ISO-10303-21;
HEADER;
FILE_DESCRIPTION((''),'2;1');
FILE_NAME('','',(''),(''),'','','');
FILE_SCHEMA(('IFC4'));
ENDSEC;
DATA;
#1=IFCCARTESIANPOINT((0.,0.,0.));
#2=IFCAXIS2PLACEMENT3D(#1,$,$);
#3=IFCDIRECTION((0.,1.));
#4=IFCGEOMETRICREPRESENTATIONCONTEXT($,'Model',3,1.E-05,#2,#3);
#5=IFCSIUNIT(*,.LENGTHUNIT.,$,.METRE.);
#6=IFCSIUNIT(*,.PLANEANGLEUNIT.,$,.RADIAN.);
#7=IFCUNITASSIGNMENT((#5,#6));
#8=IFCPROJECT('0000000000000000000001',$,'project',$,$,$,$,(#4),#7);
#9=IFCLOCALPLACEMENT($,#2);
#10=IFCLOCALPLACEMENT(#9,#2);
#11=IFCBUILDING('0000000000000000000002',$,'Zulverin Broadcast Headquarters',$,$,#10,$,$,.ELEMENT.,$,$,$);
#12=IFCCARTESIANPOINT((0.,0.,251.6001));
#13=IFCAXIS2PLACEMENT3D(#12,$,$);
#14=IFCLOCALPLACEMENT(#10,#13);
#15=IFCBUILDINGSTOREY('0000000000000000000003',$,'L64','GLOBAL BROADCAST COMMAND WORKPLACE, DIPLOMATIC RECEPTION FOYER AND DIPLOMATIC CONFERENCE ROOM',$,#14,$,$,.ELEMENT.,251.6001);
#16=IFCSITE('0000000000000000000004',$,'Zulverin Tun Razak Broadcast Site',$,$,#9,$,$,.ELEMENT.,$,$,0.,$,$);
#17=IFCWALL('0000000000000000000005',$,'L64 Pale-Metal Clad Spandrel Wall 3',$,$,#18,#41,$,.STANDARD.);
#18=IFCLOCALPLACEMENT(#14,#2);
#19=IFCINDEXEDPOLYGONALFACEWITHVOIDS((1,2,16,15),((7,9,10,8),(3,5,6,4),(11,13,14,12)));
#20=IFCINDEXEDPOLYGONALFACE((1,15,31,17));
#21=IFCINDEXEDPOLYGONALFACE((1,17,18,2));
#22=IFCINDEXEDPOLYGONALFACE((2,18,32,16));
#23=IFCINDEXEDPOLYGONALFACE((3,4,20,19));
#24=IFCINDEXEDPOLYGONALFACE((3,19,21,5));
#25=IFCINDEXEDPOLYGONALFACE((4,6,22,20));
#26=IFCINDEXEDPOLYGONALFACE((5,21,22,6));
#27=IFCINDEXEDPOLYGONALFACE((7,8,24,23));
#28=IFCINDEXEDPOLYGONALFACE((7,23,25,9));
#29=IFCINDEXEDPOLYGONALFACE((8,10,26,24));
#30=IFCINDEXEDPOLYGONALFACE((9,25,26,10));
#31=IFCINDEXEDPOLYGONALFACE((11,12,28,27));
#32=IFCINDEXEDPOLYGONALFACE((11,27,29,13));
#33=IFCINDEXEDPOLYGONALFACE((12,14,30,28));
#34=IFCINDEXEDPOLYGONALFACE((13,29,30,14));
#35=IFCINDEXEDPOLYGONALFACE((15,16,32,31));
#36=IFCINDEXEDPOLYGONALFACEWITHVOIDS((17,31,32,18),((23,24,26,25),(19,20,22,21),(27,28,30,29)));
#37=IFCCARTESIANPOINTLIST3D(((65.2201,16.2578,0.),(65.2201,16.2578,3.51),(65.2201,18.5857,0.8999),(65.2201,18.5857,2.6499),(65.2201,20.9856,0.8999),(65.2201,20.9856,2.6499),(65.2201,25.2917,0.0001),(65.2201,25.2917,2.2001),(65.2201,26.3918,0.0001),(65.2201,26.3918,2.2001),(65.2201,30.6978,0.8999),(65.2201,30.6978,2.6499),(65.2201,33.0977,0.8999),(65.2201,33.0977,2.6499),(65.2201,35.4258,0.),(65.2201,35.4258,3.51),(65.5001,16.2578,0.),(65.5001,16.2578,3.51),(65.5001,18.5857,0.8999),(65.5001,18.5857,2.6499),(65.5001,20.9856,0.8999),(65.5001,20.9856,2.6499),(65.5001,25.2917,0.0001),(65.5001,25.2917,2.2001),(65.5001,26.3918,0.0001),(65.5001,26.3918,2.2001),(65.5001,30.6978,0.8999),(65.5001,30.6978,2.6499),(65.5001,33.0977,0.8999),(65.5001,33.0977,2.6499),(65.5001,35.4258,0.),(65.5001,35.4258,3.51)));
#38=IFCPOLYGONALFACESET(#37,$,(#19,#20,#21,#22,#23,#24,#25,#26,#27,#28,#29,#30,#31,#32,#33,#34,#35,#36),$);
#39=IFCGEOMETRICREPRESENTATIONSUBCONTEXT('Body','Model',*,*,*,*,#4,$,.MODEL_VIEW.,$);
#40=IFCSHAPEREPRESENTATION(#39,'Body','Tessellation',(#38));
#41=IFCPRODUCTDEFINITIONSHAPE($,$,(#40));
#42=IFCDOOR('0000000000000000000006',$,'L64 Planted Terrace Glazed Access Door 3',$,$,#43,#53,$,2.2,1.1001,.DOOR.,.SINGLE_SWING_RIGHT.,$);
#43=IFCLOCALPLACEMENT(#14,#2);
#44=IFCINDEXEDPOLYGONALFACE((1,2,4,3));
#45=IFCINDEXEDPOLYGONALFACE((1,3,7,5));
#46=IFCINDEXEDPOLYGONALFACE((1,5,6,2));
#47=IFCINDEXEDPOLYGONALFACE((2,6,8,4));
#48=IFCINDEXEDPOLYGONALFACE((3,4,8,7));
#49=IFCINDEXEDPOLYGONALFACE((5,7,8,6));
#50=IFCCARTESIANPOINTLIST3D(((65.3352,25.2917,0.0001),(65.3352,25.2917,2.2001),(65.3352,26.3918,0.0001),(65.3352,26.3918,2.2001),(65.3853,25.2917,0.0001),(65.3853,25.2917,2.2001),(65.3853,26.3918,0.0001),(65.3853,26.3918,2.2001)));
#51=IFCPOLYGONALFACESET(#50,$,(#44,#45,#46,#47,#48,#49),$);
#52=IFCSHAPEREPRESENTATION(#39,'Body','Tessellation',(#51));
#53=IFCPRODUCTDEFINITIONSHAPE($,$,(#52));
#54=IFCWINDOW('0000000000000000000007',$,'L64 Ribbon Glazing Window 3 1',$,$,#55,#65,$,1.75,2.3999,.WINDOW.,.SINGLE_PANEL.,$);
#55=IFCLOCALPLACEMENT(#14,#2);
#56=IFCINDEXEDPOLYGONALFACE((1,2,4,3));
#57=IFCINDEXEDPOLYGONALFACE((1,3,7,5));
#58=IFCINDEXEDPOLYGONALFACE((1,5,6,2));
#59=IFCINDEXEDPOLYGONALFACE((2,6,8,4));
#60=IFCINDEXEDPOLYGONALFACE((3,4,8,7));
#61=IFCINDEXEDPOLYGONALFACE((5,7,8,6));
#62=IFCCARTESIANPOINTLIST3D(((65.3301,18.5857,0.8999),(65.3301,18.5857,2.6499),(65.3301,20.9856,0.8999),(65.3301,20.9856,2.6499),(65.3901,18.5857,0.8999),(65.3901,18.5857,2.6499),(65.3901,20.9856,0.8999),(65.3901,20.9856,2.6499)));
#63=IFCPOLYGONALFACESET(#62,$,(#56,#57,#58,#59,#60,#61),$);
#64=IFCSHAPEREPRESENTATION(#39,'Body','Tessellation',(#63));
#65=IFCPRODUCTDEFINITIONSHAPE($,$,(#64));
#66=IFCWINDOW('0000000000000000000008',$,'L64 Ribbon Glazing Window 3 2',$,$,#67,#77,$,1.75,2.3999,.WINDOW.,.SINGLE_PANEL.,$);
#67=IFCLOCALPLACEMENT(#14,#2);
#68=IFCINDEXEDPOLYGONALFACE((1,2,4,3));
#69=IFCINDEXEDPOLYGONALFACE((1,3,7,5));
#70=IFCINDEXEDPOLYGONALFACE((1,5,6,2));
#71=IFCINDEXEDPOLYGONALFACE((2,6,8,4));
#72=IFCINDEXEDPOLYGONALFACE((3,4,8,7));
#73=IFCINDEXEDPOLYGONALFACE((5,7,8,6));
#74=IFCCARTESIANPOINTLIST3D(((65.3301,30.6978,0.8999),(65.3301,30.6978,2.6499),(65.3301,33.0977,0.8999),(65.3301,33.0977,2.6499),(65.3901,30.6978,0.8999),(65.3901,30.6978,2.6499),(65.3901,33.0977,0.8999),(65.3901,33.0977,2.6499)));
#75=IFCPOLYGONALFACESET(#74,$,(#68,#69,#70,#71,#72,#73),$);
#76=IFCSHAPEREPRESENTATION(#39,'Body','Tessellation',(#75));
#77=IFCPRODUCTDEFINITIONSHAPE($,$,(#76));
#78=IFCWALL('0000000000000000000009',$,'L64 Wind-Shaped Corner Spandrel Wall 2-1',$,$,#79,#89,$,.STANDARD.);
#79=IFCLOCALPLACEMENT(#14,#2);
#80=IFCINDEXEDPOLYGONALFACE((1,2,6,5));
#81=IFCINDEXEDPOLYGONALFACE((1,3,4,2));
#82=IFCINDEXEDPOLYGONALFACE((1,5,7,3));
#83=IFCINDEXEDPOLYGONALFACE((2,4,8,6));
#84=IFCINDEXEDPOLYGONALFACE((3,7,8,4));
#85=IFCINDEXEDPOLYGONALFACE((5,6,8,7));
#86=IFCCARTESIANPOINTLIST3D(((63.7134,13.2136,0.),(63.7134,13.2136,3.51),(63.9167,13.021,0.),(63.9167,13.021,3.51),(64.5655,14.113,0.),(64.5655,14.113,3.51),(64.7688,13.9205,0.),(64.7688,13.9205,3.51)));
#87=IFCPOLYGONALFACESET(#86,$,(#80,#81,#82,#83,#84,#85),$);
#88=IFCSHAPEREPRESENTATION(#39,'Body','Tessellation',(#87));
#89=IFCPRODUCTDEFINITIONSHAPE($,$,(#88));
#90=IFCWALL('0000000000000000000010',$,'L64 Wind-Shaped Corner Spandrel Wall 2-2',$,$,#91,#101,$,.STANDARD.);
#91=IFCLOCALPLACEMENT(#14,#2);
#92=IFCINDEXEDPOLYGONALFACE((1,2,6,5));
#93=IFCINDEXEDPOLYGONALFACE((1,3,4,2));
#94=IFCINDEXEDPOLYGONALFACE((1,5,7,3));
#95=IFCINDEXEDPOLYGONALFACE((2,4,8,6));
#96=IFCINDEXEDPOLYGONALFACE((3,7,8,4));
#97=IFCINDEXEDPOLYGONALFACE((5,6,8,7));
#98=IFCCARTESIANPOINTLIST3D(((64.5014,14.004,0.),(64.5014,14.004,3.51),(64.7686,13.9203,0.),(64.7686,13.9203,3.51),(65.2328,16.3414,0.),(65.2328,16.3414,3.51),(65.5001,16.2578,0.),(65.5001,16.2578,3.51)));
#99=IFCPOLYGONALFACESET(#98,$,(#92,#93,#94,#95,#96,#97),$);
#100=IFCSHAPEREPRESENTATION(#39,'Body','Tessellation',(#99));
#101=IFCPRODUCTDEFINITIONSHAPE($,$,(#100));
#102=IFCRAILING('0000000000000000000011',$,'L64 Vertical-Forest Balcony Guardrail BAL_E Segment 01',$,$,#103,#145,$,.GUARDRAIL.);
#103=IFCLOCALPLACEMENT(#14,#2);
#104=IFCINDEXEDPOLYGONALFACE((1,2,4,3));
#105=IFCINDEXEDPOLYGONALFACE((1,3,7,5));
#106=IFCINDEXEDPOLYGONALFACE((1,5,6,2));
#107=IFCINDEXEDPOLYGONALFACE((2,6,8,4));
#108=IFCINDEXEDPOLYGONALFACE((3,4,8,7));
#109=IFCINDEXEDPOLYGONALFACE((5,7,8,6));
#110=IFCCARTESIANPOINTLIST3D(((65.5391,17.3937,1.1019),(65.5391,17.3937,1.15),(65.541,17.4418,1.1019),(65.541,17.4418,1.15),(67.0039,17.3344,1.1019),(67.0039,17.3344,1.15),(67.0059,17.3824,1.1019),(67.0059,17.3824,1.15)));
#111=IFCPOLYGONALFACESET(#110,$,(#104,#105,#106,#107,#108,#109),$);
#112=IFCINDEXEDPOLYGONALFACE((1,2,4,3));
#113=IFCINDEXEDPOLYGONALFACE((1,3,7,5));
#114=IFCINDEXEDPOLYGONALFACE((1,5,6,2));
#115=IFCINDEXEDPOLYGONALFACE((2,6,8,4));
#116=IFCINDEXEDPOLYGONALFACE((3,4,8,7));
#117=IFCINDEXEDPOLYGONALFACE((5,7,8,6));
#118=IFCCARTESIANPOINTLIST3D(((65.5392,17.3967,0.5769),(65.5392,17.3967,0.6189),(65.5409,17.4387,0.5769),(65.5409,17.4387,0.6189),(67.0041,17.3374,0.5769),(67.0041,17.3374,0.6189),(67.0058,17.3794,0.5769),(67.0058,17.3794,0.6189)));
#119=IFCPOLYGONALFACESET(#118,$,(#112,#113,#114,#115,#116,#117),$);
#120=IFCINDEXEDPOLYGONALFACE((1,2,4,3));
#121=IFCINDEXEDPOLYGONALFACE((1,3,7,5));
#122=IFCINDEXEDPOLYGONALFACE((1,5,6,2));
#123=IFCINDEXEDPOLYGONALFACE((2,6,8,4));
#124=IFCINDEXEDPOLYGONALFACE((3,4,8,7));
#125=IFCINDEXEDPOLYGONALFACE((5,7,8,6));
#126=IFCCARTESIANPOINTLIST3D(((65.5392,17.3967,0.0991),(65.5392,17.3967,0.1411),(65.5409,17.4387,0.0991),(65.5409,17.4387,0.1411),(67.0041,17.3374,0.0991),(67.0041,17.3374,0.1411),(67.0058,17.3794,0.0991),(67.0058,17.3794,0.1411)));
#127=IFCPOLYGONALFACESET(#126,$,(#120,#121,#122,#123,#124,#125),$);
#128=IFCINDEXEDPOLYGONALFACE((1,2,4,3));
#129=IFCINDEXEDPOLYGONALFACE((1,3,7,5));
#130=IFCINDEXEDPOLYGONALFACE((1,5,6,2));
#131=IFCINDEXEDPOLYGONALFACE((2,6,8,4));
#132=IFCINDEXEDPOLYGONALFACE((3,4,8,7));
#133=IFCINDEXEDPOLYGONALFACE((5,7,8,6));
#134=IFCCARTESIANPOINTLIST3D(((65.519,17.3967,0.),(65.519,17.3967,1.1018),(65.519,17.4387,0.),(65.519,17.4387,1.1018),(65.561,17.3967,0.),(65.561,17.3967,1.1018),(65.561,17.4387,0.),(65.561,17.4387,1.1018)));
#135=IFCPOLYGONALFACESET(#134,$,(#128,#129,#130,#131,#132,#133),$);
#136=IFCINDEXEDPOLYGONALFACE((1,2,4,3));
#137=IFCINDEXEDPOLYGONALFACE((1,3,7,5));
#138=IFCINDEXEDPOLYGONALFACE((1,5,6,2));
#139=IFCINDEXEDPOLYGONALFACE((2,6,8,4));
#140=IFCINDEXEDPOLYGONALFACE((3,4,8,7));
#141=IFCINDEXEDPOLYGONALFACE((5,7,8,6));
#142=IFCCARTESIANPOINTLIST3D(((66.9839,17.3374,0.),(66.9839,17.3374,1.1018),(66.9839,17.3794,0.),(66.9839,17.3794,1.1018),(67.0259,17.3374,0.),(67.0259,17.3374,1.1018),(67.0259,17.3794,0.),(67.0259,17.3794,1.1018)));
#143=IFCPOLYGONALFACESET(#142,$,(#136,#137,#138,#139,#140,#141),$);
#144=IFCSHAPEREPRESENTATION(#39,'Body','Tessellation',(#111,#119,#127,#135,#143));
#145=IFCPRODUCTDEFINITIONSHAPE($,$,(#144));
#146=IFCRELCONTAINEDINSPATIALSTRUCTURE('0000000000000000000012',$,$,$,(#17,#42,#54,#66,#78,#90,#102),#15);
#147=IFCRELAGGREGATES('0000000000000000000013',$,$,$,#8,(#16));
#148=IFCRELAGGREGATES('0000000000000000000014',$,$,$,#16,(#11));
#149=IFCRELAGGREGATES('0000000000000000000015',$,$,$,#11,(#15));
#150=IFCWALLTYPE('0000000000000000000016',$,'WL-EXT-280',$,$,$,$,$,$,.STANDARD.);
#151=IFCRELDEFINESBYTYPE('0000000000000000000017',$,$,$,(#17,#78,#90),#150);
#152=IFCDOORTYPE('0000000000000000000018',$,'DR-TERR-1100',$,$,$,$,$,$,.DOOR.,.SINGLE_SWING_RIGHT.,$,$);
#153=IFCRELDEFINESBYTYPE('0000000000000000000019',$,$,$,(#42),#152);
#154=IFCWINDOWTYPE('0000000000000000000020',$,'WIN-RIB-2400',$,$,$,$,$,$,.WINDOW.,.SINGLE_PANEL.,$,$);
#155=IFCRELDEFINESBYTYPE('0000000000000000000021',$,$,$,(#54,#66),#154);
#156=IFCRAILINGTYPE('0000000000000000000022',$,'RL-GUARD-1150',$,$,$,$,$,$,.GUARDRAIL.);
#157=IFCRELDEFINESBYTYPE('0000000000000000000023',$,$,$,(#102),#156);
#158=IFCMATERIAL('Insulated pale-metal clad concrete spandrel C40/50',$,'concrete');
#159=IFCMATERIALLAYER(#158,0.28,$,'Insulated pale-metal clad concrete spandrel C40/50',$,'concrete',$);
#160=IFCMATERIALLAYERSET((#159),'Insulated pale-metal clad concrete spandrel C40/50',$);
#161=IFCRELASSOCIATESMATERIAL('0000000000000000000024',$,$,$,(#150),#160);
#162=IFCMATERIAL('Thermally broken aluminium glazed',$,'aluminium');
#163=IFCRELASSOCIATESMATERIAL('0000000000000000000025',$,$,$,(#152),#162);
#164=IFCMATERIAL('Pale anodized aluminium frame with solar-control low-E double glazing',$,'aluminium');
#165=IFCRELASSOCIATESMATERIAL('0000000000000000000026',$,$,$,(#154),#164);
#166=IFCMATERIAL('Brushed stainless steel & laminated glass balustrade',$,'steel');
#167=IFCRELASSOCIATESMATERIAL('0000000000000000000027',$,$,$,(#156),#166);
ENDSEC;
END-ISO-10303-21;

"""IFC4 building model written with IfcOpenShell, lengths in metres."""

from ifc_helpers import new_model, si_unit, direction, frame, frame_2d, origin, origin_2d, place, context, subcontext, project, spatial, rectangle, extrude, material, layer, layer_set, type_object, element, fill, save


model = new_model("IFC4")

# Units and contexts
model_context = context("Model", 3, precision=1e-05, world=origin(), true_north=direction((0.0, 1.0)))
body_context = subcontext(model_context, "Body", "Model", "MODEL_VIEW")
ifc_project = project(units=[si_unit("LENGTHUNIT", "METRE"), si_unit("PLANEANGLEUNIT", "RADIAN")], contexts=[model_context])

# Site, building, storey
site_placement = place(None, origin())
site = spatial("IfcSite", under=ifc_project, at=site_placement, Name="Zulverin Tun Razak Broadcast Site", CompositionType="ELEMENT", RefElevation=0.0)
building_placement = place(site_placement, origin())
building = spatial("IfcBuilding", under=site, at=building_placement, Name="Zulverin Broadcast Headquarters", CompositionType="ELEMENT")
storey_placement = place(building_placement, frame((0.0, 0.0, 251.6001)))
storey = spatial("IfcBuildingStorey", under=building, at=storey_placement, Name="L64", Description="GLOBAL BROADCAST COMMAND WORKPLACE, DIPLOMATIC RECEPTION FOYER AND DIPLOMATIC CONFERENCE ROOM", CompositionType="ELEMENT", Elevation=251.6001)

# Wall, openings, door, windows
ifc_material_1 = material(Name="Insulated pale-metal clad concrete spandrel C40/50", Category="concrete")
ifc_layer_1 = layer(ifc_material_1, 0.28, Name="Insulated pale-metal clad concrete spandrel C40/50", Category="concrete")
ifc_layer_set_1 = layer_set([ifc_layer_1], Name="Insulated pale-metal clad concrete spandrel C40/50")
wall_type = type_object("IfcWallType", Name="WL-EXT-280", PredefinedType="STANDARD", material=ifc_layer_set_1)
wall_1_placement = place(storey_placement, frame((65.3601, 16.2578, 0.0), z_axis=(0.0, 0.0, 1.0), x_axis=(0.0, 1.0, 0.0)))
wall_1 = element("IfcWall", 1, at=wall_1_placement, inside=storey, type_object=wall_type, Name="L64 Pale-Metal Clad Spandrel Wall 3", PredefinedType="STANDARD", context=body_context, shape_type="SweptSolid", body=[
    extrude(rectangle(XDim=19.168, YDim=0.28, at=frame_2d((9.584, 0.0))), origin(), (0.0, 0.0, 1.0), 3.51),
])
opening_1_placement = place(wall_1_placement, frame((9.0339, 0.0, 0.0)))
opening_1 = element("IfcOpeningElement", 2, at=opening_1_placement, cuts=wall_1, PredefinedType="OPENING", context=body_context, shape_type="SweptSolid", body=[
    extrude(rectangle(XDim=1.1001, YDim=2.2, at=frame_2d((0.55, 1.1001))), frame((0.0, 0.1499, 0.0), z_axis=(0.0, -1.0, 0.0), x_axis=(1.0, 0.0, 0.0)), (0.0, 0.0, 1.0), 0.3),
])
opening_2_placement = place(wall_1_placement, frame((2.3279, 0.0, 0.8999)))
opening_2 = element("IfcOpeningElement", 3, at=opening_2_placement, cuts=wall_1, PredefinedType="OPENING", context=body_context, shape_type="SweptSolid", body=[
    extrude(rectangle(XDim=2.3999, YDim=1.75, at=frame_2d((1.2, 0.875))), frame((0.0, 0.1499, 0.0), z_axis=(0.0, -1.0, 0.0), x_axis=(1.0, 0.0, 0.0)), (0.0, 0.0, 1.0), 0.3),
])
opening_3_placement = place(wall_1_placement, frame((14.4399, 0.0, 0.8999)))
opening_3 = element("IfcOpeningElement", 4, at=opening_3_placement, cuts=wall_1, PredefinedType="OPENING", context=body_context, shape_type="SweptSolid", body=[
    extrude(rectangle(XDim=2.3999, YDim=1.75, at=frame_2d((1.2, 0.875))), frame((0.0, 0.1499, 0.0), z_axis=(0.0, -1.0, 0.0), x_axis=(1.0, 0.0, 0.0)), (0.0, 0.0, 1.0), 0.3),
])
ifc_material_2 = material(Name="Thermally broken aluminium glazed", Category="aluminium")
door_type = type_object("IfcDoorType", Name="DR-TERR-1100", OperationType="SINGLE_SWING_RIGHT", PredefinedType="DOOR", material=ifc_material_2)
door_placement = place(opening_1_placement, origin())
door = element("IfcDoor", 5, at=door_placement, inside=storey, type_object=door_type, Name="L64 Planted Terrace Glazed Access Door 3", OperationType="SINGLE_SWING_RIGHT", OverallHeight=2.2, OverallWidth=1.1001, PredefinedType="DOOR", context=body_context, shape_type="SweptSolid", body=[
    extrude(rectangle(XDim=1.1001, YDim=2.2, at=frame_2d((0.55, 1.1001))), frame((0.0, 0.0249, 0.0), z_axis=(0.0, -1.0, 0.0), x_axis=(1.0, 0.0, 0.0)), (0.0, 0.0, 1.0), 0.05),
])
fill(opening_1, door)
ifc_material_3 = material(Name="Pale anodized aluminium frame with solar-control low-E double glazing", Category="aluminium")
window_type = type_object("IfcWindowType", Name="WIN-RIB-2400", PartitioningType="SINGLE_PANEL", PredefinedType="WINDOW", material=ifc_material_3)
window_1_placement = place(opening_2_placement, origin())
window_1 = element("IfcWindow", 6, at=window_1_placement, inside=storey, type_object=window_type, Name="L64 Ribbon Glazing Window 3 1", OverallHeight=1.75, OverallWidth=2.3999, PartitioningType="SINGLE_PANEL", PredefinedType="WINDOW", context=body_context, shape_type="SweptSolid", body=[
    extrude(rectangle(XDim=2.3999, YDim=1.75, at=frame_2d((1.2, 0.875))), frame((0.0, 0.03, 0.0), z_axis=(0.0, -1.0, 0.0), x_axis=(1.0, 0.0, 0.0)), (0.0, 0.0, 1.0), 0.0601),
])
fill(opening_2, window_1)
window_2_placement = place(opening_3_placement, origin())
window_2 = element("IfcWindow", 7, at=window_2_placement, inside=storey, type_object=window_type, Name="L64 Ribbon Glazing Window 3 2", OverallHeight=1.75, OverallWidth=2.3999, PartitioningType="SINGLE_PANEL", PredefinedType="WINDOW", context=body_context, shape_type="SweptSolid", body=[
    extrude(rectangle(XDim=2.3999, YDim=1.75, at=frame_2d((1.2, 0.875))), frame((0.0, 0.03, 0.0), z_axis=(0.0, -1.0, 0.0), x_axis=(1.0, 0.0, 0.0)), (0.0, 0.0, 1.0), 0.0601),
])
fill(opening_3, window_2)

# Walls
wall_2_placement = place(storey_placement, frame((63.8149, 13.1172, 0.0), z_axis=(0.0, 0.0, 1.0), x_axis=(0.687734, 0.725963, 0.0)))
element("IfcWall", 8, at=wall_2_placement, inside=storey, type_object=wall_type, Name="L64 Wind-Shaped Corner Spandrel Wall 2-1", PredefinedType="STANDARD", context=body_context, shape_type="SweptSolid", body=[
    extrude(rectangle(XDim=1.239, YDim=0.28, at=frame_2d((0.6196, 0.0))), origin(), (0.0, 0.0, 1.0), 3.51),
])
wall_3_placement = place(storey_placement, frame((64.635, 13.9622, 0.0), z_axis=(0.0, 0.0, 1.0), x_axis=(0.29865, 0.954363, 0.0)))
element("IfcWall", 9, at=wall_3_placement, inside=storey, type_object=wall_type, Name="L64 Wind-Shaped Corner Spandrel Wall 2-2", PredefinedType="STANDARD", context=body_context, shape_type="SweptSolid", body=[
    extrude(rectangle(XDim=2.4492, YDim=0.28, at=frame_2d((1.2246, 0.0))), origin(), (0.0, 0.0, 1.0), 3.51),
])

# Railing
ifc_material_4 = material(Name="Brushed stainless steel & laminated glass balustrade", Category="steel")
railing_type = type_object("IfcRailingType", Name="RL-GUARD-1150", PredefinedType="GUARDRAIL", material=ifc_material_4)
railing_1_placement = place(storey_placement, frame((65.54, 17.4177, 0.0)))
element("IfcRailing", 10, at=railing_1_placement, inside=storey, type_object=railing_type, Name="L64 Vertical-Forest Balcony Guardrail BAL_E Segment 01", PredefinedType="GUARDRAIL", context=body_context, shape_type="SweptSolid", body=[
    extrude(rectangle(XDim=0.0481, YDim=0.0481, at=origin_2d()), frame((0.0, 0.0, 1.126), z_axis=(0.999181, -0.040467, 0.0), x_axis=(0.040467, 0.999181, 0.0)), (0.0, 0.0, 1.0), 1.4661),
    extrude(rectangle(XDim=0.042, YDim=0.042, at=origin_2d()), frame((0.0, 0.0, 0.5979), z_axis=(0.999181, -0.040467, 0.0), x_axis=(0.040467, 0.999181, 0.0)), (0.0, 0.0, 1.0), 1.4661),
    extrude(rectangle(XDim=0.042, YDim=0.042, at=origin_2d()), frame((0.0, 0.0, 0.1201), z_axis=(0.999181, -0.040467, 0.0), x_axis=(0.040467, 0.999181, 0.0)), (0.0, 0.0, 1.0), 1.4661),
    extrude(rectangle(XDim=0.042, YDim=0.042, at=origin_2d()), origin(), (0.0, 0.0, 1.0), 1.1018),
    extrude(rectangle(XDim=0.042, YDim=0.042, at=origin_2d()), frame((1.4648, -0.0593, 0.0)), (0.0, 0.0, 1.0), 1.1018),
])

save(model, "model.ifc")
